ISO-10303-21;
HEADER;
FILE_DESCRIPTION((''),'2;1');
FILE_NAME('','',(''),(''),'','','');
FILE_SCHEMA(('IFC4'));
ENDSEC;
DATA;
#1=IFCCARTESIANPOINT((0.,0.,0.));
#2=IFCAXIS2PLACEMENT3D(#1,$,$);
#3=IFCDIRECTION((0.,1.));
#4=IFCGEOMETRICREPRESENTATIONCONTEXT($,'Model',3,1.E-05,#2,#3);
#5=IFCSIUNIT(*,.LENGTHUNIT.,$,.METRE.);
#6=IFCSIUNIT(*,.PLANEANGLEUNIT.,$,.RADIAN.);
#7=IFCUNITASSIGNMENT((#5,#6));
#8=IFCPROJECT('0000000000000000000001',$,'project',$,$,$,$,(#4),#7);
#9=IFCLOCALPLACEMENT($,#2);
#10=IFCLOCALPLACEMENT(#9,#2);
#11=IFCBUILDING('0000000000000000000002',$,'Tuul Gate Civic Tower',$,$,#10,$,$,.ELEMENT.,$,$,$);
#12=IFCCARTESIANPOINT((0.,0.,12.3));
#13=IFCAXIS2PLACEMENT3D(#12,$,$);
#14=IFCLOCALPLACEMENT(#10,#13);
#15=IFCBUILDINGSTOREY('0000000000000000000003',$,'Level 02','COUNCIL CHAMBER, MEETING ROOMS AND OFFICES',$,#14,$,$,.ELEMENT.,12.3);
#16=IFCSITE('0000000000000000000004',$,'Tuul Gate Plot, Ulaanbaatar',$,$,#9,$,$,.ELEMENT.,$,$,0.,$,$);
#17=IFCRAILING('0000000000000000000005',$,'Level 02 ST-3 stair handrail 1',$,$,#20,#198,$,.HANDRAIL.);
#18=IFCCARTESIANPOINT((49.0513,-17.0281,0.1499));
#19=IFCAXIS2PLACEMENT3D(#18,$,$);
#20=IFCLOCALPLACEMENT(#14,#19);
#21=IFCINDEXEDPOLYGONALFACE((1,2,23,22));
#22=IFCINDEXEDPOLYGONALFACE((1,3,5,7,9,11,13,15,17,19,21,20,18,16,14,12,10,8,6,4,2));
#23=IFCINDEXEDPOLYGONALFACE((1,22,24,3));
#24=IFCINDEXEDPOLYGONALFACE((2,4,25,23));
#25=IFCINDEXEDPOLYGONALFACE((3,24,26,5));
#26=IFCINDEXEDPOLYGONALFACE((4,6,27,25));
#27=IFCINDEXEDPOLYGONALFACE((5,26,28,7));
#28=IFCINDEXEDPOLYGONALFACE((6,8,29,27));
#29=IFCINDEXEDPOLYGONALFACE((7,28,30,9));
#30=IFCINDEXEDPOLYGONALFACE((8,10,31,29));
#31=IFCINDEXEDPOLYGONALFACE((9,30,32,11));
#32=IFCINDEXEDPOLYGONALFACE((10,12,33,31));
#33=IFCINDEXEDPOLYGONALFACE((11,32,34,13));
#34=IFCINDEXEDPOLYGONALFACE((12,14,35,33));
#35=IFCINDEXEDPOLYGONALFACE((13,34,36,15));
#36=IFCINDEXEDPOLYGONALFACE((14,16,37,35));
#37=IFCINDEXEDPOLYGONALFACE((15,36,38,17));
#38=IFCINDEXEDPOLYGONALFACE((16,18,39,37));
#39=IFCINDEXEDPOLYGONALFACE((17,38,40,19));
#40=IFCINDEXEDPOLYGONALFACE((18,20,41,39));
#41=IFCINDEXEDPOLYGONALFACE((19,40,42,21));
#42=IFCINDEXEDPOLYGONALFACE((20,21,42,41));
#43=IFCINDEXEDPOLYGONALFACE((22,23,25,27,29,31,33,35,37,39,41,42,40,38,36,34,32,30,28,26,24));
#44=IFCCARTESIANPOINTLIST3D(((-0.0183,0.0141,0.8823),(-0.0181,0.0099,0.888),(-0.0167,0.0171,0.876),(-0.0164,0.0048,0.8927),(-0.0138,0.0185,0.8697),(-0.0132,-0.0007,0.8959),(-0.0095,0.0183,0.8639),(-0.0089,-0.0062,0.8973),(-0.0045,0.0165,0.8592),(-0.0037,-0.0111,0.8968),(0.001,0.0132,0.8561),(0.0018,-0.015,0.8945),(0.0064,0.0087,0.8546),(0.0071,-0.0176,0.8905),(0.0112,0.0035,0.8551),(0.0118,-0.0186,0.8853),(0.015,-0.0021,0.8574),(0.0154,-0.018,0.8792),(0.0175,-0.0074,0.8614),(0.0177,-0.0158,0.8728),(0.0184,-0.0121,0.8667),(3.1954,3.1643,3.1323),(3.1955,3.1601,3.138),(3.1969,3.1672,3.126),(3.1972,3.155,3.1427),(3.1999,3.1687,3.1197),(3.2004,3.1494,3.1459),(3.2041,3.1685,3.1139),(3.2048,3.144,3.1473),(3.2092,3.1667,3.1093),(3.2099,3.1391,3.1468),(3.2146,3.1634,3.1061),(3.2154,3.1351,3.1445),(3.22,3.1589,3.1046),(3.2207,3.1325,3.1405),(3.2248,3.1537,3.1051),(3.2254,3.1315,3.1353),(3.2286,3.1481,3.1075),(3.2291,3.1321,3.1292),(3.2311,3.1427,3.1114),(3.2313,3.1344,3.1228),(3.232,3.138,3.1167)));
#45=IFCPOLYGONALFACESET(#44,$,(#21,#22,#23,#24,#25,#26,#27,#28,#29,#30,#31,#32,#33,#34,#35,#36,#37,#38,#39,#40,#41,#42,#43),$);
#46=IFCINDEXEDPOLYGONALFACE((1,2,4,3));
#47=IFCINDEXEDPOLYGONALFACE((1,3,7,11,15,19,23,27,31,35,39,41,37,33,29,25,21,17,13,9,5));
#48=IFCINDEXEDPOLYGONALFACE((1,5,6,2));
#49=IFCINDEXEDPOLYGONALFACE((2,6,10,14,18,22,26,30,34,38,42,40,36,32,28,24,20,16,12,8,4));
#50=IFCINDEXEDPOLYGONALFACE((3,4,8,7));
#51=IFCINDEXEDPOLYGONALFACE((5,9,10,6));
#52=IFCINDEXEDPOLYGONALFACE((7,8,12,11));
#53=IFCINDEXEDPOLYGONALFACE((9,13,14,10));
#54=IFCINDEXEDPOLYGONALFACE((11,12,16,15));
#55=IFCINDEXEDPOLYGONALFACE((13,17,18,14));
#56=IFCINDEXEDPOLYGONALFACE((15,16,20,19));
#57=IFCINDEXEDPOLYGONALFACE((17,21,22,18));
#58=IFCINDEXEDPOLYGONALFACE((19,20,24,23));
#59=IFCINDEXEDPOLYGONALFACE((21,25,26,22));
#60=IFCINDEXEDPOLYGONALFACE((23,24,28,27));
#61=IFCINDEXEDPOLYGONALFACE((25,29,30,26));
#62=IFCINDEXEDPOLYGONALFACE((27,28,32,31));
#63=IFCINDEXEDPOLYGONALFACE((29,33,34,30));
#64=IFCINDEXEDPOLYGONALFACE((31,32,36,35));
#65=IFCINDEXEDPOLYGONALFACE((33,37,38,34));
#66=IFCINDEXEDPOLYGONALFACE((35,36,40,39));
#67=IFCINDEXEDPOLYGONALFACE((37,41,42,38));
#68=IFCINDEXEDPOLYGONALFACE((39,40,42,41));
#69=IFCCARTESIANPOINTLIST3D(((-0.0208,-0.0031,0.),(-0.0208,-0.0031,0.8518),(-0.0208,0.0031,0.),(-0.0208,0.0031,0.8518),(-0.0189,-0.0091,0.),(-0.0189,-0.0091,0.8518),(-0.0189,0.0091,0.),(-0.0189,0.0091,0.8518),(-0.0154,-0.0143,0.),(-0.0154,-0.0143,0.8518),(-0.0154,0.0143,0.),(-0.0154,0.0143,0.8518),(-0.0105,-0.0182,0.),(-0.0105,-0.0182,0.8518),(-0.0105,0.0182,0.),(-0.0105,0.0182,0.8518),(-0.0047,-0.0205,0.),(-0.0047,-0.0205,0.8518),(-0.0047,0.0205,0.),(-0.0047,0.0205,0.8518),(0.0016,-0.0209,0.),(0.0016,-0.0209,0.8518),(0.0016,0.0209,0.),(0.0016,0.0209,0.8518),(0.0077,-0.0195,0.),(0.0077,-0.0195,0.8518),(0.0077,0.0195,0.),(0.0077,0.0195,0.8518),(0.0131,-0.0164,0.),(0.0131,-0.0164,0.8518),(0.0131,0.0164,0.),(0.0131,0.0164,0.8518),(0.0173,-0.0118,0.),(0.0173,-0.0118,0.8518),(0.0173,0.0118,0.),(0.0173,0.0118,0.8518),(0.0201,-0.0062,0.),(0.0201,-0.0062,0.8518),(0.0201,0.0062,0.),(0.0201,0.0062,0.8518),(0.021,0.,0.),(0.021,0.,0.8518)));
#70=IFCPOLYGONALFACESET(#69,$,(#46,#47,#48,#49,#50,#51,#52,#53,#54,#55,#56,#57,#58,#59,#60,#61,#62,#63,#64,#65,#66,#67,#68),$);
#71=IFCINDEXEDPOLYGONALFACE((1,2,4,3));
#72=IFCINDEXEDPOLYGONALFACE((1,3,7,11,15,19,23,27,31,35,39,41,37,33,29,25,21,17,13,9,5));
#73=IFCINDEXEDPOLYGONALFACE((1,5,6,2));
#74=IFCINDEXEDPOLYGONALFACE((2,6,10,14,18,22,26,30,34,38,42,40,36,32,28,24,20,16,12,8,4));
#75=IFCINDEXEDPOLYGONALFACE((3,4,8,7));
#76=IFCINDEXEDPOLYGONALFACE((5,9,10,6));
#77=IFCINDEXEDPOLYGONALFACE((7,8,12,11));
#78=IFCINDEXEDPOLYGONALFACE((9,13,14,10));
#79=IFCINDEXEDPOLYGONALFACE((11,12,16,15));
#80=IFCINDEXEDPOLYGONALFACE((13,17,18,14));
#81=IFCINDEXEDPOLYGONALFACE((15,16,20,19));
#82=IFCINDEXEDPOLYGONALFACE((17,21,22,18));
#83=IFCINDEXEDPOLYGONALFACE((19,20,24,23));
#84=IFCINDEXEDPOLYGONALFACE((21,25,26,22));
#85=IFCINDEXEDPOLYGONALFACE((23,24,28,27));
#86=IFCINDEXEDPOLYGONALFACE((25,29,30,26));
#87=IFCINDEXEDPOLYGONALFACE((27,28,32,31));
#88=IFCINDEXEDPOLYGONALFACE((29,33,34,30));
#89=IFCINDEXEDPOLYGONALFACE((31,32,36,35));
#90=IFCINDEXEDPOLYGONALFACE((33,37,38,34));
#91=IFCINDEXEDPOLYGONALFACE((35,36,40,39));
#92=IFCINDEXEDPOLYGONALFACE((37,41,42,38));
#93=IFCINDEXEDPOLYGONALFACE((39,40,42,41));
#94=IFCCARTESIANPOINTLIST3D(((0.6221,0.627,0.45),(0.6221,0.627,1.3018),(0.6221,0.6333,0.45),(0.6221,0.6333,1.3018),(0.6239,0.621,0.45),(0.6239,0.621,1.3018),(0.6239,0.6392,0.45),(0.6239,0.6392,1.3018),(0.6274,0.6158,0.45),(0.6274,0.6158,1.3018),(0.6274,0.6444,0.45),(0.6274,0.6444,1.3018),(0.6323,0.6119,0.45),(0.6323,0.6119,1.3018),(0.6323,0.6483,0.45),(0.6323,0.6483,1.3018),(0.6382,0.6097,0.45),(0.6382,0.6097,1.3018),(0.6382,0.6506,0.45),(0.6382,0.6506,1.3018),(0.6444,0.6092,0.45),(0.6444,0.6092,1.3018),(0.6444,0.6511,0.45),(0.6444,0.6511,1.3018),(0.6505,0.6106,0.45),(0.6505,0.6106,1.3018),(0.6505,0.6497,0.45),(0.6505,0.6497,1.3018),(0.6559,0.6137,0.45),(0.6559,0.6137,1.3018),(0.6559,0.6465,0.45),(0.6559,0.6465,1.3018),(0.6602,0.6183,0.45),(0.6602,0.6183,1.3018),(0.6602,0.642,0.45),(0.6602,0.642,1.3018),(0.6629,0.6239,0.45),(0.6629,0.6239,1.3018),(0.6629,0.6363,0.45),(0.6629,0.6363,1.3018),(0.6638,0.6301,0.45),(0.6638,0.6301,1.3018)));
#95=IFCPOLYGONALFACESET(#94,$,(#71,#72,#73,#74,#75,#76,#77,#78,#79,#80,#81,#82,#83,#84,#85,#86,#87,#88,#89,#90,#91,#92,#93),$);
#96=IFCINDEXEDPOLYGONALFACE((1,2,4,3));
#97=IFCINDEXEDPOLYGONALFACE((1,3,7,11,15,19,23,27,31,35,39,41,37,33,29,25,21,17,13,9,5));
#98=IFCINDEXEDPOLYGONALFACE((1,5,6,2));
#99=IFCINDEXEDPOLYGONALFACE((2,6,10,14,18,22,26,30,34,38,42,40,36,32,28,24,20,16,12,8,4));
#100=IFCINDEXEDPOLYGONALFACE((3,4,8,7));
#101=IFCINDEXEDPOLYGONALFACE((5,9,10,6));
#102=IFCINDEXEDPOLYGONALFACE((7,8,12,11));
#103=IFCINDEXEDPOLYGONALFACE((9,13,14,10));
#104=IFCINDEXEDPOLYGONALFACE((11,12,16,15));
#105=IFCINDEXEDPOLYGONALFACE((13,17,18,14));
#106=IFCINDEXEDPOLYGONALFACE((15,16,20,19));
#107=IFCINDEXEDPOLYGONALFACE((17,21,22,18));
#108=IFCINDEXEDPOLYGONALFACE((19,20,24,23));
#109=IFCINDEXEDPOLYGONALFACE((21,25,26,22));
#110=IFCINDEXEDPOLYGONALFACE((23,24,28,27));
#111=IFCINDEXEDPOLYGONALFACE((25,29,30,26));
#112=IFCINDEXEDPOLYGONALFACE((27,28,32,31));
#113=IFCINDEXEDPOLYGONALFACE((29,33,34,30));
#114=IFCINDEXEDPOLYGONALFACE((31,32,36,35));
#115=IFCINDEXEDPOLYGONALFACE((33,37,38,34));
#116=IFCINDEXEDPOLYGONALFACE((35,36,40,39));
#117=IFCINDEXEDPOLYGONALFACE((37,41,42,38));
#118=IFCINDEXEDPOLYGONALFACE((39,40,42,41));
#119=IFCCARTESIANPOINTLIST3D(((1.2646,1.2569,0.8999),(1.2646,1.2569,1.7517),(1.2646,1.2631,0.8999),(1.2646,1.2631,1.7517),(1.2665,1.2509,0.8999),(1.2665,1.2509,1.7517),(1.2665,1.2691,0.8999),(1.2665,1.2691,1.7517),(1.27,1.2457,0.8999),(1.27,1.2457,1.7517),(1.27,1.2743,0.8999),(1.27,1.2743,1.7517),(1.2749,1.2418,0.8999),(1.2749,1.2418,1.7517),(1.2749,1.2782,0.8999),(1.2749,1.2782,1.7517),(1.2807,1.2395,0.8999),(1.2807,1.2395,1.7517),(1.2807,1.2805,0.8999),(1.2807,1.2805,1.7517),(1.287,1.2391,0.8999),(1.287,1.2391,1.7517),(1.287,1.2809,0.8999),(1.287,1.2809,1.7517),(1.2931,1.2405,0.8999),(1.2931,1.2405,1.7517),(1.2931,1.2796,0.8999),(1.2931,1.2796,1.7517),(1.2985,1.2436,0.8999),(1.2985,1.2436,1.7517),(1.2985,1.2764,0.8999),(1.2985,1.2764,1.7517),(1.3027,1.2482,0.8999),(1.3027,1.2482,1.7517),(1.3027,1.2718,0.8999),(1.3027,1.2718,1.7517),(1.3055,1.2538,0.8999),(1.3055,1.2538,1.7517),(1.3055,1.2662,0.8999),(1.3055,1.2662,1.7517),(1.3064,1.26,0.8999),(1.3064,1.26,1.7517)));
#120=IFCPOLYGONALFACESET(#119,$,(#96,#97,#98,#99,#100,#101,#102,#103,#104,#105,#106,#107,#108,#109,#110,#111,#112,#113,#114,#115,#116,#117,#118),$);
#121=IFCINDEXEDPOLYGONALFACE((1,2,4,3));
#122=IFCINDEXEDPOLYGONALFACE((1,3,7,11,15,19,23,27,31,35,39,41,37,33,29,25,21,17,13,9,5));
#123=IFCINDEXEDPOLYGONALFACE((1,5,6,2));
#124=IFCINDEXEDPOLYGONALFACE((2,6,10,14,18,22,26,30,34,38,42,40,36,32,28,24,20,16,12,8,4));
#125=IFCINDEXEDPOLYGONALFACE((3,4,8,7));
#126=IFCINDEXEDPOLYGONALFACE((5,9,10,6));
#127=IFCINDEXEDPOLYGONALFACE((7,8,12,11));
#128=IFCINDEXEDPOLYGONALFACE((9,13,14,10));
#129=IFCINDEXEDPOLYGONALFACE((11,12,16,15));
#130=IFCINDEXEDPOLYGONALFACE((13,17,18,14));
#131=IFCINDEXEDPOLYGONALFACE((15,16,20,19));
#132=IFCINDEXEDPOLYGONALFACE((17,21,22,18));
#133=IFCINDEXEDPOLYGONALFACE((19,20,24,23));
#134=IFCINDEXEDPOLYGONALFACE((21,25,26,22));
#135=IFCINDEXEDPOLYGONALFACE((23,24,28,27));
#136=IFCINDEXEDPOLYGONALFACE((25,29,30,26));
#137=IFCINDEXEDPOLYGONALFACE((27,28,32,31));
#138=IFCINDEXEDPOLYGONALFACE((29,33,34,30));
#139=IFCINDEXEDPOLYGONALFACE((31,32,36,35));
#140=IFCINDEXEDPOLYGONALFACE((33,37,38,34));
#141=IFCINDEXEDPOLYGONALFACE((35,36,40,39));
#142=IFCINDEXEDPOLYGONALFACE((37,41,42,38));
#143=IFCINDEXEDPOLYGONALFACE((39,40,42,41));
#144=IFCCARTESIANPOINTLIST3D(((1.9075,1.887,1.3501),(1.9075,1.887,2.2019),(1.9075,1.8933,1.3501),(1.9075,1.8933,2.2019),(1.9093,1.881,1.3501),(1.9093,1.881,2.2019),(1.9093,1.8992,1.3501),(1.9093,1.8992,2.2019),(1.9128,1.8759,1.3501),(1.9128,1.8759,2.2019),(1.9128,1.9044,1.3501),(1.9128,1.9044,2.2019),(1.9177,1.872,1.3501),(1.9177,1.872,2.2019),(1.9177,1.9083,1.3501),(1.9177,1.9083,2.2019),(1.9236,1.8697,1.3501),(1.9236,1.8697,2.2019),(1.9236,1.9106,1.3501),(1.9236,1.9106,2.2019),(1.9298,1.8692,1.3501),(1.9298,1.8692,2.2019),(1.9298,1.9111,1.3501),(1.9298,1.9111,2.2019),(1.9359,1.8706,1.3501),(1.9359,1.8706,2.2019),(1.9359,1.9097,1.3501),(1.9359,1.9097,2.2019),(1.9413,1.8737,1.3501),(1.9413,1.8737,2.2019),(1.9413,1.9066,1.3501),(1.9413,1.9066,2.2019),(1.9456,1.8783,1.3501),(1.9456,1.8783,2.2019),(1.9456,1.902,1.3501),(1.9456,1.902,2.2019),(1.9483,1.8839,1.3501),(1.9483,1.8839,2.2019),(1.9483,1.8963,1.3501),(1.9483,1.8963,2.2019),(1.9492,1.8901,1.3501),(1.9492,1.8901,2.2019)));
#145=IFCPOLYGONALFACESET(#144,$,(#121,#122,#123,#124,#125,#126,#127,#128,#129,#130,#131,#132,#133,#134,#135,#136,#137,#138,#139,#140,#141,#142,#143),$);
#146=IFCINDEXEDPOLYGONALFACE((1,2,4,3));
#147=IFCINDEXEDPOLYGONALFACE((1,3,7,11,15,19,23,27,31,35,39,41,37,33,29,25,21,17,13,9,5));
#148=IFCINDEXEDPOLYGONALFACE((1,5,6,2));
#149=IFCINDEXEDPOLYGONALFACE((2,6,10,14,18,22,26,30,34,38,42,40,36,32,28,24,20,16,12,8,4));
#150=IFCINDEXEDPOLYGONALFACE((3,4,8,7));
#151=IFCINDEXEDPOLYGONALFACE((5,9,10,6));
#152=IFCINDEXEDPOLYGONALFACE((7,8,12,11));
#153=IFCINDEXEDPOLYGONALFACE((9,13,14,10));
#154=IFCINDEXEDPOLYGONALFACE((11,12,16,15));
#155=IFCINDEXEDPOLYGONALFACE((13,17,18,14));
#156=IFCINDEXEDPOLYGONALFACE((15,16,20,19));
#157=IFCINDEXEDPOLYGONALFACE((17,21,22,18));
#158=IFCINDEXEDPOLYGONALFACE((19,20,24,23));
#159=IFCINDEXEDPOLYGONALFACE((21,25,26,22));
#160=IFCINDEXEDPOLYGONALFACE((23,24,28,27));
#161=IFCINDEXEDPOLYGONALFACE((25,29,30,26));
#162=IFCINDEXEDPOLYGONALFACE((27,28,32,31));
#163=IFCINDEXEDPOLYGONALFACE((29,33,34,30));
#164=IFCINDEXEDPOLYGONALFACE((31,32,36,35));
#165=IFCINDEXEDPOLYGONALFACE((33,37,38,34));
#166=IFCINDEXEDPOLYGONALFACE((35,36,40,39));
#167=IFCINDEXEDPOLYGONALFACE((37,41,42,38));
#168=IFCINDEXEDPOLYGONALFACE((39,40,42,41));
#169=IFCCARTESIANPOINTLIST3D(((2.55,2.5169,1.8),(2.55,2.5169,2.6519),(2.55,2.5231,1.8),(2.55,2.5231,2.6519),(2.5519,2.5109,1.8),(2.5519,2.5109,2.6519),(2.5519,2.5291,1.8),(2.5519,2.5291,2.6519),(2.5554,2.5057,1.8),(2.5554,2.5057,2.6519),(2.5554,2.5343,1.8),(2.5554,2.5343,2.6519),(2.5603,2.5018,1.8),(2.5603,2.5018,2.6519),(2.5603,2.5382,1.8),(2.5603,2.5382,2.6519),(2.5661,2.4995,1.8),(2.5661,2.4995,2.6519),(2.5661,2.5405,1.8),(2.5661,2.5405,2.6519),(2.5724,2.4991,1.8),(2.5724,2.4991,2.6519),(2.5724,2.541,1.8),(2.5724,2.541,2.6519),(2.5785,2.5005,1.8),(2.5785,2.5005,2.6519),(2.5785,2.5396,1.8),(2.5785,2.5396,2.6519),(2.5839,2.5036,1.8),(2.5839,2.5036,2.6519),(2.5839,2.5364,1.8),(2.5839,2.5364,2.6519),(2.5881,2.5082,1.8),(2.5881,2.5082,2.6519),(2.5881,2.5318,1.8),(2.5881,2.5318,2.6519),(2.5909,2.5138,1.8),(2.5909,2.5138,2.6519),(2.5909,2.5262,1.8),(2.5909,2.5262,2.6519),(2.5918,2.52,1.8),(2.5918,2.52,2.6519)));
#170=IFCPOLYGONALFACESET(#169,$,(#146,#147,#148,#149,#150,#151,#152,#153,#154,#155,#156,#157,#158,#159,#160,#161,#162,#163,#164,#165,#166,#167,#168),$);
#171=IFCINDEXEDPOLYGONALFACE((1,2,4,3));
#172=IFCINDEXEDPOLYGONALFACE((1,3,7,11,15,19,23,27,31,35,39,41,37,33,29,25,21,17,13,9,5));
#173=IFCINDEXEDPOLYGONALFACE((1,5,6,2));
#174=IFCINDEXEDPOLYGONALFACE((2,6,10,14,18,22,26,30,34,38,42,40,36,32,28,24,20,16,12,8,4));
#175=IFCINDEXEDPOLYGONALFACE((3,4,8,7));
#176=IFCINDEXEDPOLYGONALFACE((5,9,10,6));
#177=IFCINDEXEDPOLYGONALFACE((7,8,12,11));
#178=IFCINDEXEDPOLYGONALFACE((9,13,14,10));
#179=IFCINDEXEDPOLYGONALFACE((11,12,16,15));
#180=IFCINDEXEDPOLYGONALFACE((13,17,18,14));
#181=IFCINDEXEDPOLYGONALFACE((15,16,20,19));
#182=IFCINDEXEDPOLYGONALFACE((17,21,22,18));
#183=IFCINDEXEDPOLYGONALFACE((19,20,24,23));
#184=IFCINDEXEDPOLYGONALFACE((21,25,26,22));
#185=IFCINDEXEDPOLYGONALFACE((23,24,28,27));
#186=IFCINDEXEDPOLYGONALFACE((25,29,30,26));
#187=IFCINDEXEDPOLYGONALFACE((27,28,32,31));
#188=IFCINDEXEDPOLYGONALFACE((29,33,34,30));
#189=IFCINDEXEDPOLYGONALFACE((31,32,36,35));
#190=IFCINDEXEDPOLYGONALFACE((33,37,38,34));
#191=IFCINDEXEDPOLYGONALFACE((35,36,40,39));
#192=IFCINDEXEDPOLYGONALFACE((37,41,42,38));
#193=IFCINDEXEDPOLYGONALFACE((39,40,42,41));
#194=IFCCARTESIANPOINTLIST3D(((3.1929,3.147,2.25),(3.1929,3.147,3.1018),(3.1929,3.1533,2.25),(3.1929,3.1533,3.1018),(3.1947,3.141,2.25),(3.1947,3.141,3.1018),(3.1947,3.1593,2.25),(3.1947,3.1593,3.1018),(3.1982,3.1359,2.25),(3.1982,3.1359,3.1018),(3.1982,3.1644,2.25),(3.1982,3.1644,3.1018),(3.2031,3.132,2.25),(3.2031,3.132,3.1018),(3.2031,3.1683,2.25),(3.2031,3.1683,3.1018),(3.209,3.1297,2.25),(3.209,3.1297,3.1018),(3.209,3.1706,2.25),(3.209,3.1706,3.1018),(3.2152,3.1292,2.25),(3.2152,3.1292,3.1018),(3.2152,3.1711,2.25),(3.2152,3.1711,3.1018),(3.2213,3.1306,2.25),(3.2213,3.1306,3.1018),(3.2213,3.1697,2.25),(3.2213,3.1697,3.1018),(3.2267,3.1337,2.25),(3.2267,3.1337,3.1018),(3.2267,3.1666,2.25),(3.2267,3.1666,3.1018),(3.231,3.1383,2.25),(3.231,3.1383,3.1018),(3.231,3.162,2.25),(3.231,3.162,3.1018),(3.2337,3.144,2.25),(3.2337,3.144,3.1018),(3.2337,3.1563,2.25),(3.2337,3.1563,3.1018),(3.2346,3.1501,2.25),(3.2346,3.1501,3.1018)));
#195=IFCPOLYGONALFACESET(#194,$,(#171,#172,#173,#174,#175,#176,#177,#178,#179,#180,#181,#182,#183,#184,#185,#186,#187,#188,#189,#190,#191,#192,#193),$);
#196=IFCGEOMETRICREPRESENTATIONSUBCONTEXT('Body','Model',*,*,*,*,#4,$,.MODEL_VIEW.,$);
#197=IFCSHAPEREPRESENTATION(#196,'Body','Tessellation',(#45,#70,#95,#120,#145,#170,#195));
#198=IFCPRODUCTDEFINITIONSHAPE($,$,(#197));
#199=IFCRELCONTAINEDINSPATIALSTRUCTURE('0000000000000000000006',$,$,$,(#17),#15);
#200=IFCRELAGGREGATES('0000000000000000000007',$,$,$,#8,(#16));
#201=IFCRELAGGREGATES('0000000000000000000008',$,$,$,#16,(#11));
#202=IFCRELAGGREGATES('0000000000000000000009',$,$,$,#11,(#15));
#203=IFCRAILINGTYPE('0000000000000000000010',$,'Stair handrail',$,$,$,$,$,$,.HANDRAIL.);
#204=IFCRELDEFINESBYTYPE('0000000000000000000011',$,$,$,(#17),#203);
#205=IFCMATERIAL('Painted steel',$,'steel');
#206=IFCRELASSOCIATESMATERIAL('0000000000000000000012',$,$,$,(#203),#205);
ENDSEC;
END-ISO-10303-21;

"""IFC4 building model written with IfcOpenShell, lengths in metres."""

from ifc_helpers import new_model, si_unit, direction, frame, origin, origin_2d, place, context, subcontext, project, spatial, circle, extrude, material, type_object, element, save


model = new_model("IFC4")

# Units and contexts
model_context = context("Model", 3, precision=1e-05, world=origin(), true_north=direction((0.0, 1.0)))
body_context = subcontext(model_context, "Body", "Model", "MODEL_VIEW")
ifc_project = project(units=[si_unit("LENGTHUNIT", "METRE"), si_unit("PLANEANGLEUNIT", "RADIAN")], contexts=[model_context])

# Site, building, storey
site_placement = place(None, origin())
site = spatial("IfcSite", under=ifc_project, at=site_placement, Name="Tuul Gate Plot, Ulaanbaatar", CompositionType="ELEMENT", RefElevation=0.0)
building_placement = place(site_placement, origin())
building = spatial("IfcBuilding", under=site, at=building_placement, Name="Tuul Gate Civic Tower", CompositionType="ELEMENT")
storey_placement = place(building_placement, frame((0.0, 0.0, 12.3)))
storey = spatial("IfcBuildingStorey", under=building, at=storey_placement, Name="Level 02", Description="COUNCIL CHAMBER, MEETING ROOMS AND OFFICES", CompositionType="ELEMENT", Elevation=12.3)

# Railing
ifc_material_1 = material(Name="Painted steel", Category="steel")
railing_type_1 = type_object("IfcRailingType", Name="Stair handrail", PredefinedType="HANDRAIL", material=ifc_material_1)
railing_1_placement = place(storey_placement, frame((49.0513, -17.0281, 0.1499)))
element("IfcRailing", 1, at=railing_1_placement, inside=storey, type_object=railing_type_1, Name="Level 02 ST-3 stair handrail 1", PredefinedType="HANDRAIL", context=body_context, shape_type="SweptSolid", body=[
    extrude(circle(Radius=0.0239, at=origin_2d()), frame((0.0, 0.0, 0.876), z_axis=(0.638735, 0.626118, 0.447207), x_axis=(-0.700019, 0.714124, 0.0)), (0.0, 0.0, 1.0), 5.0312),
    extrude(circle(Radius=0.021, at=origin_2d()), origin(), (0.0, 0.0, 1.0), 0.8518),
    extrude(circle(Radius=0.021, at=origin_2d()), frame((0.6428, 0.6301, 0.45)), (0.0, 0.0, 1.0), 0.8518),
    extrude(circle(Radius=0.021, at=origin_2d()), frame((1.2854, 1.26, 0.8999)), (0.0, 0.0, 1.0), 0.8518),
    extrude(circle(Radius=0.021, at=origin_2d()), frame((1.9282, 1.8901, 1.3501)), (0.0, 0.0, 1.0), 0.8518),
    extrude(circle(Radius=0.021, at=origin_2d()), frame((2.5708, 2.52, 1.8)), (0.0, 0.0, 1.0), 0.8518),
    extrude(circle(Radius=0.021, at=origin_2d()), frame((3.2136, 3.1501, 2.25)), (0.0, 0.0, 1.0), 0.8518),
])

save(model, "model.ifc")
